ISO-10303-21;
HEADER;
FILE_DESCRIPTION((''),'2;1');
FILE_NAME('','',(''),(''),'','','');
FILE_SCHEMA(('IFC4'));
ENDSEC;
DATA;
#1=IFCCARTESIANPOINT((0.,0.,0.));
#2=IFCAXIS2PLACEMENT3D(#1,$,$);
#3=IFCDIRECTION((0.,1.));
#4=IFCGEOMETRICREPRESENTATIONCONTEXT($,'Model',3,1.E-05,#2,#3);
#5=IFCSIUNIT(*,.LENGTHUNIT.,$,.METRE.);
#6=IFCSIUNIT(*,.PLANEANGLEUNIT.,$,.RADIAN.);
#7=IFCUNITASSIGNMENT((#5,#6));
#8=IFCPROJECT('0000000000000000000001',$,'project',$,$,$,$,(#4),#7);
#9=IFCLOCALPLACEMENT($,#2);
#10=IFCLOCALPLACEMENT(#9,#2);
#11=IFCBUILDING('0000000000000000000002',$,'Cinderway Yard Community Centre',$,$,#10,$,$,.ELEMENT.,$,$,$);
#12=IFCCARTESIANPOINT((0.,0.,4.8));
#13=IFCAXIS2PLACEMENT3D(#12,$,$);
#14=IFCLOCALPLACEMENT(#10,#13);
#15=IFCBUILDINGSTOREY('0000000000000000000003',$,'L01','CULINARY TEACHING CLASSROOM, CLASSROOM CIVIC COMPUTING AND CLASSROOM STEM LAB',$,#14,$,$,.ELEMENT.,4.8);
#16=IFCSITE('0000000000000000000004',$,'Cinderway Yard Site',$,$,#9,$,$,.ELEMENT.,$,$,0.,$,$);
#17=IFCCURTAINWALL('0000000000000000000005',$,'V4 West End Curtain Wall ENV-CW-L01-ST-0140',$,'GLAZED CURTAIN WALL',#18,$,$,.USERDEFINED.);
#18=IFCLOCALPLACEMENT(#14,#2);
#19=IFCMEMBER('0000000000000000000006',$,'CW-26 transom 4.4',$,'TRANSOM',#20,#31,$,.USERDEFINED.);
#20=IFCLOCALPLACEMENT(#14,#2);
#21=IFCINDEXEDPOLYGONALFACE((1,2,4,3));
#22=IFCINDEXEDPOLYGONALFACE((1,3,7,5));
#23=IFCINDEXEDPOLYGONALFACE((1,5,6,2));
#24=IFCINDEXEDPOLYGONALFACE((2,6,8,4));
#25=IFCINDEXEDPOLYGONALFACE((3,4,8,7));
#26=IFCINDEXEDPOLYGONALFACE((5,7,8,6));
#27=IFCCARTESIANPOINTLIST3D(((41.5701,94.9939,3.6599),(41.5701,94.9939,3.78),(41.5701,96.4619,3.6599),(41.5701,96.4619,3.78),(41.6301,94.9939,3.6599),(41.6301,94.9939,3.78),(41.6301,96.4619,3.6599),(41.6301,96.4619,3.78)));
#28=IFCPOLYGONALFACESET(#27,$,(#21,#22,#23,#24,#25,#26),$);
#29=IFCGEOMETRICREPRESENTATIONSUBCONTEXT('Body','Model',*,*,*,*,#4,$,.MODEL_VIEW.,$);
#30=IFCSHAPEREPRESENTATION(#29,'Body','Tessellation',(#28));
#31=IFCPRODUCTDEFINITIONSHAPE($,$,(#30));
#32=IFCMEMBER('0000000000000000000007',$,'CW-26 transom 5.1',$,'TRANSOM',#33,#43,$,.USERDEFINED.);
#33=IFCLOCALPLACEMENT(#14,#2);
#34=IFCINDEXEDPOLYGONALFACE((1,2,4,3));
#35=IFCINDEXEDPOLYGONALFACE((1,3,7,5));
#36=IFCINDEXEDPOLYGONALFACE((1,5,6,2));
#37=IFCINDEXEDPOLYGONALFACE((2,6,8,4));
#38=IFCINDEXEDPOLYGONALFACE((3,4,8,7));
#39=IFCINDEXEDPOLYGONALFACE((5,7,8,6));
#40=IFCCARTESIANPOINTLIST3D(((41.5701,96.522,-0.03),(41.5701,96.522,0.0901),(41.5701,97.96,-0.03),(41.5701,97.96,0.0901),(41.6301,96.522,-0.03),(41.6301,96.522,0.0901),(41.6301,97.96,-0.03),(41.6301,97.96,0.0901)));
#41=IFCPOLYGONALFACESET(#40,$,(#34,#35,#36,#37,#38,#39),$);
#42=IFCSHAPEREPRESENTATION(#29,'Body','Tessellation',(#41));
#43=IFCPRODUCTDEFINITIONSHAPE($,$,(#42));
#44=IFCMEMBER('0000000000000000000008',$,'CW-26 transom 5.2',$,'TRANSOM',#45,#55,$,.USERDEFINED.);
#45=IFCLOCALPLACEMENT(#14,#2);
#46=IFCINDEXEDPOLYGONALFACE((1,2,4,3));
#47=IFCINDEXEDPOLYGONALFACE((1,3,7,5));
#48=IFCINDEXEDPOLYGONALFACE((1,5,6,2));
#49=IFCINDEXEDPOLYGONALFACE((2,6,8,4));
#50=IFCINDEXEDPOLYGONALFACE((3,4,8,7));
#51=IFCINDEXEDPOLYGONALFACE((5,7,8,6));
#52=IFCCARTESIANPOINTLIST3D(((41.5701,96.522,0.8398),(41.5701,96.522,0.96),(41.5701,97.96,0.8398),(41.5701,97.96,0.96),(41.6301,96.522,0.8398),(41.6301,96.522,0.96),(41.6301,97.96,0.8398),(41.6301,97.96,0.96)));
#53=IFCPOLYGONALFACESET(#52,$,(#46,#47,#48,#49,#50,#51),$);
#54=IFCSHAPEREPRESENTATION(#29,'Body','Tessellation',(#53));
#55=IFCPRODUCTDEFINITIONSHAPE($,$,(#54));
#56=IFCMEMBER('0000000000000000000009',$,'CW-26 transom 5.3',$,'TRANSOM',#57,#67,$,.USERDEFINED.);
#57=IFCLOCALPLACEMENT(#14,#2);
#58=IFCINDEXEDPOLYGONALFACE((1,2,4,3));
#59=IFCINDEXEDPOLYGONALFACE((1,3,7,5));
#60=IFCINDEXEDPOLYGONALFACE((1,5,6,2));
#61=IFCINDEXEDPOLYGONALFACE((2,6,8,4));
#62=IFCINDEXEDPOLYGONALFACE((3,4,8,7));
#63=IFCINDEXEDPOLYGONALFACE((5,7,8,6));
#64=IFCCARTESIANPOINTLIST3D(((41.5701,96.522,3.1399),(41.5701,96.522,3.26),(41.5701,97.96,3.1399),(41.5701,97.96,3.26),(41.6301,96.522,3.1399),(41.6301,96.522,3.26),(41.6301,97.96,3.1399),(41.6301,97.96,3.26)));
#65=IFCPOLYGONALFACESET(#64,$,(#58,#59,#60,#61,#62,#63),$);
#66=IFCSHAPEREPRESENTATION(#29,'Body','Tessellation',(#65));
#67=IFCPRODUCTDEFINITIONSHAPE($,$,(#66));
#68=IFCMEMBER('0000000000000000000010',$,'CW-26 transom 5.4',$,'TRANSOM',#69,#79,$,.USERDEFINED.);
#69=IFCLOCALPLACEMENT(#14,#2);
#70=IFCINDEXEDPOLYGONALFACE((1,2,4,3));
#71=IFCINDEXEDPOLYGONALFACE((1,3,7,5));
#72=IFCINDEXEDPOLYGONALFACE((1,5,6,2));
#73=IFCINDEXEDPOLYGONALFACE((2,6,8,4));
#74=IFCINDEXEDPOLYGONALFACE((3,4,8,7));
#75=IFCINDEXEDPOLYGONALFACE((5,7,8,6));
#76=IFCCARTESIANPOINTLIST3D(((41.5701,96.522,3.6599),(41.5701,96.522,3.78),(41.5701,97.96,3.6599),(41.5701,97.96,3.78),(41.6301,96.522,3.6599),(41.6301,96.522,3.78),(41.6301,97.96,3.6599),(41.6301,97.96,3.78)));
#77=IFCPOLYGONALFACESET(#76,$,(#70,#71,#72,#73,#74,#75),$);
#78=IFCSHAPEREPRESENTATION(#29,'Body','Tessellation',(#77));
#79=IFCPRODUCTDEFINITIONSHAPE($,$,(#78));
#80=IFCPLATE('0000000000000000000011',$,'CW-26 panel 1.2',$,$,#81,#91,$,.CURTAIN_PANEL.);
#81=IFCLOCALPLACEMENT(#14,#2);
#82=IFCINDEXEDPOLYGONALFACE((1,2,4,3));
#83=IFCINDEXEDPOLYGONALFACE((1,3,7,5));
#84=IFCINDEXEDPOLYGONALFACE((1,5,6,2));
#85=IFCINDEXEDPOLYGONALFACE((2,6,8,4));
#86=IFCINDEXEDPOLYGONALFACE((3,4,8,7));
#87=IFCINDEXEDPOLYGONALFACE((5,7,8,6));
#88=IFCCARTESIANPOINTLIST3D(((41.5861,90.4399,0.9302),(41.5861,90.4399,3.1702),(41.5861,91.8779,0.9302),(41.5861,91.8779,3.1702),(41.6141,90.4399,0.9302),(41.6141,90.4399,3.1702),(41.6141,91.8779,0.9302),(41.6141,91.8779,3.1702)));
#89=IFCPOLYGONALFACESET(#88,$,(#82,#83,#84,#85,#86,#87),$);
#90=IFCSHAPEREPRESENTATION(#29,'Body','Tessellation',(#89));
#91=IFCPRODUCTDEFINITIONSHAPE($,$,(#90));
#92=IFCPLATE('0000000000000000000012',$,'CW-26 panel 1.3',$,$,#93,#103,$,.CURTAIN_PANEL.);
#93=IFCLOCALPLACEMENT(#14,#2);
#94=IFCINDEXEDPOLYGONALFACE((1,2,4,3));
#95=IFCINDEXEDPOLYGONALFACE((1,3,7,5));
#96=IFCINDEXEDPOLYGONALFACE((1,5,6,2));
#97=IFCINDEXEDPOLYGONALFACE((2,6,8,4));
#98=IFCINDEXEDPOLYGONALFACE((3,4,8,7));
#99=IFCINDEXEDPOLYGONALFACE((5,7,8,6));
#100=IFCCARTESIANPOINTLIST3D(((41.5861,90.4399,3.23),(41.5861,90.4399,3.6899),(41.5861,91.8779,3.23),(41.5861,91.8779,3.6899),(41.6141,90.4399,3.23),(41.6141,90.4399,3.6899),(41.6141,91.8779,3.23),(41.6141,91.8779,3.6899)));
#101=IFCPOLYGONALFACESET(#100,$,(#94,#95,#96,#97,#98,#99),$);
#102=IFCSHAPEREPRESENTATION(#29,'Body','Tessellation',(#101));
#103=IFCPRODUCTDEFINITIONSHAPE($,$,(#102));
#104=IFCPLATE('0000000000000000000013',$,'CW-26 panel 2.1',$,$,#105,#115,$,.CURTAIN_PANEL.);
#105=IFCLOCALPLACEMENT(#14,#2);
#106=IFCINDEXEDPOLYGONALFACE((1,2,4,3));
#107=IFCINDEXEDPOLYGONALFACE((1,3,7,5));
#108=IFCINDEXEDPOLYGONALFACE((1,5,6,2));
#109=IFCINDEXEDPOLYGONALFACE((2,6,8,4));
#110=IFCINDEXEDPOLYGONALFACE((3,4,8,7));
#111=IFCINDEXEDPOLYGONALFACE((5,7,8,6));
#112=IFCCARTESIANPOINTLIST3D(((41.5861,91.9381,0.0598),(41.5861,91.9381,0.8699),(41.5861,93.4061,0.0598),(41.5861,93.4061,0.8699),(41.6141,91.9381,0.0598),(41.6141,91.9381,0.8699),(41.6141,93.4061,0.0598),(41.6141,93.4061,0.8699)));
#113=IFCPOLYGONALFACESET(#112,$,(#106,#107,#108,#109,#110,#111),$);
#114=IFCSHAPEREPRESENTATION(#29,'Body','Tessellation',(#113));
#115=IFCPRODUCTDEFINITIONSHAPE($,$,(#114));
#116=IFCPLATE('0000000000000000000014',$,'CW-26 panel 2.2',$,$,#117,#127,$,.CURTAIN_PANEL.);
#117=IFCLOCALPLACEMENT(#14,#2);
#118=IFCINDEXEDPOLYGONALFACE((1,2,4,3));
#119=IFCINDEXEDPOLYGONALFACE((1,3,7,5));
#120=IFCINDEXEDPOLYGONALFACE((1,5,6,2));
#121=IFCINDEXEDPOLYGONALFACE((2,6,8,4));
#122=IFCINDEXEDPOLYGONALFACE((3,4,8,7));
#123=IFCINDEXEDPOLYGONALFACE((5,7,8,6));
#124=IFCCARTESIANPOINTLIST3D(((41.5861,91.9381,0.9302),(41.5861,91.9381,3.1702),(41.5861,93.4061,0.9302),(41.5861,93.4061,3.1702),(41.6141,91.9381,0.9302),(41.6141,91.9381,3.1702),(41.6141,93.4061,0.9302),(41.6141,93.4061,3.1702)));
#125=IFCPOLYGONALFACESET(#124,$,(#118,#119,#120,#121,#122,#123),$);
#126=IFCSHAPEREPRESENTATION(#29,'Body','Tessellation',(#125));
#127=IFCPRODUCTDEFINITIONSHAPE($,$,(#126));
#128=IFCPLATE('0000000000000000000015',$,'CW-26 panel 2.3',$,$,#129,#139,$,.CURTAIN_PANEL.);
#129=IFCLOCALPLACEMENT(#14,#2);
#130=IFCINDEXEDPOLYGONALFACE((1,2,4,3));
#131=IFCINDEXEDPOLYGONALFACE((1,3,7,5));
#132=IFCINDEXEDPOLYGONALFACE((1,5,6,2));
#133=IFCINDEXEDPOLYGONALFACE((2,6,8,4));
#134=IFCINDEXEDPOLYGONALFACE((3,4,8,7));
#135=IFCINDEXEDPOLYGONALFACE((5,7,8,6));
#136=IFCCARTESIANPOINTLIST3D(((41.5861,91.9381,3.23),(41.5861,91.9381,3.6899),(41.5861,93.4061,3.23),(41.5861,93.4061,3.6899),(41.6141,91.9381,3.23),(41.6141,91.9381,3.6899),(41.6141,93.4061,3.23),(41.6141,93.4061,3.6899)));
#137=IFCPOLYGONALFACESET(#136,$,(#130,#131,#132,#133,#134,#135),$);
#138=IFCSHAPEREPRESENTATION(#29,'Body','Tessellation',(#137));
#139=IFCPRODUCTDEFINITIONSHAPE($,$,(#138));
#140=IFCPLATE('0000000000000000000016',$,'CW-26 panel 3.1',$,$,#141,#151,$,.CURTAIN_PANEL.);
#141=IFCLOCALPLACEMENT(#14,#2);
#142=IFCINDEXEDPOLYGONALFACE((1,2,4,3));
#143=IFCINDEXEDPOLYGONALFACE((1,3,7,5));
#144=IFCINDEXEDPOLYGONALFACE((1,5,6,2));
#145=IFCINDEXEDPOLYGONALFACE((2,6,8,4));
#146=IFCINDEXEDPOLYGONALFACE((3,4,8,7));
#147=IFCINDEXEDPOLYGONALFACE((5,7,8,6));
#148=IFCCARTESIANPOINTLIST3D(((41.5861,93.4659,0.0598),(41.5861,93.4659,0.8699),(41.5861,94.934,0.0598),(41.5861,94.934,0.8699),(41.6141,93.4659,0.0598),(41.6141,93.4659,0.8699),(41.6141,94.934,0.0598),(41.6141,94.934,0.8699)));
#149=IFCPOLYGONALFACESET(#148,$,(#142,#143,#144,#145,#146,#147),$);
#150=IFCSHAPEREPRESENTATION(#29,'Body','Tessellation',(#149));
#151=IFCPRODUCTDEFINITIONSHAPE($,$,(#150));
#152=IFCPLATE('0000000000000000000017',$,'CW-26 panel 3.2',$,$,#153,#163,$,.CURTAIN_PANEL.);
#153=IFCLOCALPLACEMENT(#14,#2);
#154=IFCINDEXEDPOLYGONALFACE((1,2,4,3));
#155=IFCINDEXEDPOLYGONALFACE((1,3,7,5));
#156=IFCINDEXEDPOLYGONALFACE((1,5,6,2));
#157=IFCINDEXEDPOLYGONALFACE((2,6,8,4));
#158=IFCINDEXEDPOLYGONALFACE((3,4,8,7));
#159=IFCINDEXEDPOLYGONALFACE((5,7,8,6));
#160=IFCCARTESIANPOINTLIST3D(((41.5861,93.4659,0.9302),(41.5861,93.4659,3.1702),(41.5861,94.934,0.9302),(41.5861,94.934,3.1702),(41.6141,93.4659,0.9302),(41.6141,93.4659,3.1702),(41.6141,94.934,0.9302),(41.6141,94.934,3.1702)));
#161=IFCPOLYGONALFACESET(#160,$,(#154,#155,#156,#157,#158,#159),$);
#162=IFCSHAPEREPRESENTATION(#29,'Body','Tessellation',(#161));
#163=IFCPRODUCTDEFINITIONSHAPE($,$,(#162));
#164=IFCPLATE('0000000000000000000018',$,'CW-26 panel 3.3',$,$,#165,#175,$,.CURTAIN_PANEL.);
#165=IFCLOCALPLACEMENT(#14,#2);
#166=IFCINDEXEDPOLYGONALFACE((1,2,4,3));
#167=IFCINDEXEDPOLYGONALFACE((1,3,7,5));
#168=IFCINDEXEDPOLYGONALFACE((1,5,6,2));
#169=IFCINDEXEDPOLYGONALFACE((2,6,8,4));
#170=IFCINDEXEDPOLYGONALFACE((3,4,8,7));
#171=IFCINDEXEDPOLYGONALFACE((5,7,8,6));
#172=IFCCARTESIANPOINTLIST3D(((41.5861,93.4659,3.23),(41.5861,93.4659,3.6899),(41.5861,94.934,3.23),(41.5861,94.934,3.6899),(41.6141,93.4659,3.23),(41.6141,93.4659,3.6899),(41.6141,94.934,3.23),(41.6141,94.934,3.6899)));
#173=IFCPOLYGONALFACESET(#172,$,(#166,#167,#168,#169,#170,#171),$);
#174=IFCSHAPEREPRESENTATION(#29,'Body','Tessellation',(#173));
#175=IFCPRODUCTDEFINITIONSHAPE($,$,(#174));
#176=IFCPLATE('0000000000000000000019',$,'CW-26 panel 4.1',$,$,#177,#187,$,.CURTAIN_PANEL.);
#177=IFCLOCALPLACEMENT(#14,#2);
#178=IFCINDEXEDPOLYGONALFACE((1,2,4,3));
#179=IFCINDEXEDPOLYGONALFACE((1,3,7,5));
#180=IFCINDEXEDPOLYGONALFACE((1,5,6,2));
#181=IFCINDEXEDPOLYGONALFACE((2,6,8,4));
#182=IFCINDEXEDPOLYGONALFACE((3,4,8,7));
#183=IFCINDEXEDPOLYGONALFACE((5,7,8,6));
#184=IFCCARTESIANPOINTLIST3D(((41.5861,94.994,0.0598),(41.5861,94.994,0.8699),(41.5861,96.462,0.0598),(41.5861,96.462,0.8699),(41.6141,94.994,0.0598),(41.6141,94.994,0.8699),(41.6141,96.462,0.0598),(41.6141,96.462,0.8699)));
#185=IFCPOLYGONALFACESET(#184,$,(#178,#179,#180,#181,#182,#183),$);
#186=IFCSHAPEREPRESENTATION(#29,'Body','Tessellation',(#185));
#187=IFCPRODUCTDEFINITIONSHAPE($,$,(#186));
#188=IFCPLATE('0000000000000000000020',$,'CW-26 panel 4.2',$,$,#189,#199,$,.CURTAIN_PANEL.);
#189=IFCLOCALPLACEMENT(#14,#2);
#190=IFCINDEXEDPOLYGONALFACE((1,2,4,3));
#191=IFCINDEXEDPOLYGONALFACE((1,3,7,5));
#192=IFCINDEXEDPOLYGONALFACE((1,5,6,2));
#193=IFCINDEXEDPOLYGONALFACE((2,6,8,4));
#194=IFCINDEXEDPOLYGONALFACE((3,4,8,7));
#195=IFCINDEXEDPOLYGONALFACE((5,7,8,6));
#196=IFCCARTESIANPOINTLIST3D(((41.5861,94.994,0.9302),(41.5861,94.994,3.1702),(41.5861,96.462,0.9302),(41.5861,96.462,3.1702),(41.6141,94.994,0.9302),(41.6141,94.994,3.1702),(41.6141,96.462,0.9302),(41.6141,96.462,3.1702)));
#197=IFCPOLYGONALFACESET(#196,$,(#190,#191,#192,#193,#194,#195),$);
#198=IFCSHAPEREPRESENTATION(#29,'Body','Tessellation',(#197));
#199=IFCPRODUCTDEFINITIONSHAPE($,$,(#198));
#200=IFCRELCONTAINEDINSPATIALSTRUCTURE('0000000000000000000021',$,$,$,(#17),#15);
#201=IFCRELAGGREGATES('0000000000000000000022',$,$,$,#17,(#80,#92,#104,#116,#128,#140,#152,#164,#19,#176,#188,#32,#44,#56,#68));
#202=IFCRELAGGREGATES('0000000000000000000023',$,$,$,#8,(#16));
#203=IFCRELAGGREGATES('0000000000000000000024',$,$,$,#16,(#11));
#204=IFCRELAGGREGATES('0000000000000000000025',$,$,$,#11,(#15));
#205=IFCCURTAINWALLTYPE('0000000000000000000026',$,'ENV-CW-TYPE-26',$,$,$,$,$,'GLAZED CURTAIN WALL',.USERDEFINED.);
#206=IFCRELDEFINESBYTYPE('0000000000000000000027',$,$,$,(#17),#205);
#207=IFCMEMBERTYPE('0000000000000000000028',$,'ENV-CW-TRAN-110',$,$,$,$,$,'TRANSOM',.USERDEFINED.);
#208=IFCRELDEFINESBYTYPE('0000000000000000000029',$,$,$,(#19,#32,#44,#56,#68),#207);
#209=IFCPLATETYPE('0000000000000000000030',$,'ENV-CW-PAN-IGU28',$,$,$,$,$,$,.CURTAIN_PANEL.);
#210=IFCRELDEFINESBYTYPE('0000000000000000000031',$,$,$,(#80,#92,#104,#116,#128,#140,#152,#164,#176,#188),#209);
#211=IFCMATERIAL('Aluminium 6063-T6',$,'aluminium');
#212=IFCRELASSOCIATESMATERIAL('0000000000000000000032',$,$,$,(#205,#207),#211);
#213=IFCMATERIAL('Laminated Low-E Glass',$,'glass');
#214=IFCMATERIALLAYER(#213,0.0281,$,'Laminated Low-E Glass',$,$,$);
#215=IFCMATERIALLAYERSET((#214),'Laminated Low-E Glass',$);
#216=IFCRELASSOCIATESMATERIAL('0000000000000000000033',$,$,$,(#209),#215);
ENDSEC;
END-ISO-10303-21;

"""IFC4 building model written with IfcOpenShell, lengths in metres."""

from ifc_helpers import new_model, si_unit, direction, frame, origin, origin_2d, place, context, subcontext, project, spatial, rectangle, extrude, material, layer, layer_set, material_profile, profile_set, type_object, element, aggregate, save


model = new_model("IFC4")

# Units and contexts
model_context = context("Model", 3, precision=1e-05, world=origin(), true_north=direction((0.0, 1.0)))
body_context = subcontext(model_context, "Body", "Model", "MODEL_VIEW")
ifc_project = project(units=[si_unit("LENGTHUNIT", "METRE"), si_unit("PLANEANGLEUNIT", "RADIAN")], contexts=[model_context])

# Site, building, storey
site_placement = place(None, origin())
site = spatial("IfcSite", under=ifc_project, at=site_placement, Name="Cinderway Yard Site", CompositionType="ELEMENT", RefElevation=0.0)
building_placement = place(site_placement, origin())
building = spatial("IfcBuilding", under=site, at=building_placement, Name="Cinderway Yard Community Centre", CompositionType="ELEMENT")
storey_placement = place(building_placement, frame((0.0, 0.0, 4.8)))
storey = spatial("IfcBuildingStorey", under=building, at=storey_placement, Name="L01", Description="CULINARY TEACHING CLASSROOM, CLASSROOM CIVIC COMPUTING AND CLASSROOM STEM LAB", CompositionType="ELEMENT", Elevation=4.8)

# Curtain wall, members, plates
ifc_material_1 = material(Name="Aluminium 6063-T6", Category="aluminium")
curtain_wall_type = type_object("IfcCurtainWallType", Name="ENV-CW-TYPE-26", ElementType="GLAZED CURTAIN WALL", PredefinedType="USERDEFINED", material=ifc_material_1)
curtain_wall_placement = place(storey_placement, origin())
curtain_wall = element("IfcCurtainWall", 1, at=curtain_wall_placement, inside=storey, type_object=curtain_wall_type, Name="V4 West End Curtain Wall ENV-CW-L01-ST-0140", ObjectType="GLAZED CURTAIN WALL", PredefinedType="USERDEFINED")
ifc_material_profile_1 = material_profile(ifc_material_1, rectangle(XDim=0.0601, YDim=0.1201, at=origin_2d()), Name="Aluminium 6063-T6")
ifc_profile_set_1 = profile_set([ifc_material_profile_1], Name="Aluminium 6063-T6")
member_type_1 = type_object("IfcMemberType", Name="ENV-CW-TRAN-110", ElementType="TRANSOM", PredefinedType="USERDEFINED", material=ifc_profile_set_1)
member_1_placement = place(storey_placement, frame((41.6001, 94.9939, 3.72), z_axis=(0.0, 1.0, 0.0), x_axis=(-1.0, 0.0, 0.0)))
member_1 = element("IfcMember", 2, at=member_1_placement, type_object=member_type_1, Name="CW-26 transom 4.4", ObjectType="TRANSOM", PredefinedType="USERDEFINED", context=body_context, shape_type="SweptSolid", body=[
    extrude(rectangle(XDim=0.0601, YDim=0.1201, at=origin_2d()), origin(), (0.0, 0.0, 1.0), 1.468),
])
member_2_placement = place(storey_placement, frame((41.6001, 96.522, 0.03), z_axis=(0.0, 1.0, 0.0), x_axis=(-1.0, 0.0, 0.0)))
member_2 = element("IfcMember", 3, at=member_2_placement, type_object=member_type_1, Name="CW-26 transom 5.1", ObjectType="TRANSOM", PredefinedType="USERDEFINED", context=body_context, shape_type="SweptSolid", body=[
    extrude(rectangle(XDim=0.0601, YDim=0.1201, at=origin_2d()), origin(), (0.0, 0.0, 1.0), 1.438),
])
member_3_placement = place(storey_placement, frame((41.6001, 96.522, 0.8999), z_axis=(0.0, 1.0, 0.0), x_axis=(-1.0, 0.0, 0.0)))
member_3 = element("IfcMember", 4, at=member_3_placement, type_object=member_type_1, Name="CW-26 transom 5.2", ObjectType="TRANSOM", PredefinedType="USERDEFINED", context=body_context, shape_type="SweptSolid", body=[
    extrude(rectangle(XDim=0.0601, YDim=0.1201, at=origin_2d()), origin(), (0.0, 0.0, 1.0), 1.438),
])
member_4_placement = place(storey_placement, frame((41.6001, 96.522, 3.2), z_axis=(0.0, 1.0, 0.0), x_axis=(-1.0, 0.0, 0.0)))
member_4 = element("IfcMember", 5, at=member_4_placement, type_object=member_type_1, Name="CW-26 transom 5.3", ObjectType="TRANSOM", PredefinedType="USERDEFINED", context=body_context, shape_type="SweptSolid", body=[
    extrude(rectangle(XDim=0.0601, YDim=0.1201, at=origin_2d()), origin(), (0.0, 0.0, 1.0), 1.438),
])
member_5_placement = place(storey_placement, frame((41.6001, 96.522, 3.72), z_axis=(0.0, 1.0, 0.0), x_axis=(-1.0, 0.0, 0.0)))
member_5 = element("IfcMember", 6, at=member_5_placement, type_object=member_type_1, Name="CW-26 transom 5.4", ObjectType="TRANSOM", PredefinedType="USERDEFINED", context=body_context, shape_type="SweptSolid", body=[
    extrude(rectangle(XDim=0.0601, YDim=0.1201, at=origin_2d()), origin(), (0.0, 0.0, 1.0), 1.438),
])
ifc_material_2 = material(Name="Laminated Low-E Glass", Category="glass")
ifc_layer = layer(ifc_material_2, 0.0281, Name="Laminated Low-E Glass")
ifc_layer_set = layer_set([ifc_layer], Name="Laminated Low-E Glass")
plate_type = type_object("IfcPlateType", Name="ENV-CW-PAN-IGU28", PredefinedType="CURTAIN_PANEL", material=ifc_layer_set)
plate_1_placement = place(storey_placement, frame((41.6001, 91.1589, 0.9302), z_axis=(0.0, 0.0, 1.0), x_axis=(0.0, 1.0, 0.0)))
plate_1 = element("IfcPlate", 7, at=plate_1_placement, type_object=plate_type, Name="CW-26 panel 1.2", PredefinedType="CURTAIN_PANEL", context=body_context, shape_type="SweptSolid", body=[
    extrude(rectangle(XDim=1.438, YDim=0.0281, at=origin_2d()), origin(), (0.0, 0.0, 1.0), 2.24),
])
plate_2_placement = place(storey_placement, frame((41.6001, 91.1589, 3.23), z_axis=(0.0, 0.0, 1.0), x_axis=(0.0, 1.0, 0.0)))
plate_2 = element("IfcPlate", 8, at=plate_2_placement, type_object=plate_type, Name="CW-26 panel 1.3", PredefinedType="CURTAIN_PANEL", context=body_context, shape_type="SweptSolid", body=[
    extrude(rectangle(XDim=1.438, YDim=0.0281, at=origin_2d()), origin(), (0.0, 0.0, 1.0), 0.46),
])
plate_3_placement = place(storey_placement, frame((41.6001, 92.6721, 0.0598), z_axis=(0.0, 0.0, 1.0), x_axis=(0.0, 1.0, 0.0)))
plate_3 = element("IfcPlate", 9, at=plate_3_placement, type_object=plate_type, Name="CW-26 panel 2.1", PredefinedType="CURTAIN_PANEL", context=body_context, shape_type="SweptSolid", body=[
    extrude(rectangle(XDim=1.468, YDim=0.0281, at=origin_2d()), origin(), (0.0, 0.0, 1.0), 0.8101),
])
plate_4_placement = place(storey_placement, frame((41.6001, 92.6721, 0.9302), z_axis=(0.0, 0.0, 1.0), x_axis=(0.0, 1.0, 0.0)))
plate_4 = element("IfcPlate", 10, at=plate_4_placement, type_object=plate_type, Name="CW-26 panel 2.2", PredefinedType="CURTAIN_PANEL", context=body_context, shape_type="SweptSolid", body=[
    extrude(rectangle(XDim=1.468, YDim=0.0281, at=origin_2d()), origin(), (0.0, 0.0, 1.0), 2.24),
])
plate_5_placement = place(storey_placement, frame((41.6001, 92.6721, 3.23), z_axis=(0.0, 0.0, 1.0), x_axis=(0.0, 1.0, 0.0)))
plate_5 = element("IfcPlate", 11, at=plate_5_placement, type_object=plate_type, Name="CW-26 panel 2.3", PredefinedType="CURTAIN_PANEL", context=body_context, shape_type="SweptSolid", body=[
    extrude(rectangle(XDim=1.468, YDim=0.0281, at=origin_2d()), origin(), (0.0, 0.0, 1.0), 0.46),
])
plate_6_placement = place(storey_placement, frame((41.6001, 94.2, 0.0598), z_axis=(0.0, 0.0, 1.0), x_axis=(0.0, 1.0, 0.0)))
plate_6 = element("IfcPlate", 12, at=plate_6_placement, type_object=plate_type, Name="CW-26 panel 3.1", PredefinedType="CURTAIN_PANEL", context=body_context, shape_type="SweptSolid", body=[
    extrude(rectangle(XDim=1.468, YDim=0.0281, at=origin_2d()), origin(), (0.0, 0.0, 1.0), 0.8101),
])
plate_7_placement = place(storey_placement, frame((41.6001, 94.2, 0.9302), z_axis=(0.0, 0.0, 1.0), x_axis=(0.0, 1.0, 0.0)))
plate_7 = element("IfcPlate", 13, at=plate_7_placement, type_object=plate_type, Name="CW-26 panel 3.2", PredefinedType="CURTAIN_PANEL", context=body_context, shape_type="SweptSolid", body=[
    extrude(rectangle(XDim=1.468, YDim=0.0281, at=origin_2d()), origin(), (0.0, 0.0, 1.0), 2.24),
])
plate_8_placement = place(storey_placement, frame((41.6001, 94.2, 3.23), z_axis=(0.0, 0.0, 1.0), x_axis=(0.0, 1.0, 0.0)))
plate_8 = element("IfcPlate", 14, at=plate_8_placement, type_object=plate_type, Name="CW-26 panel 3.3", PredefinedType="CURTAIN_PANEL", context=body_context, shape_type="SweptSolid", body=[
    extrude(rectangle(XDim=1.468, YDim=0.0281, at=origin_2d()), origin(), (0.0, 0.0, 1.0), 0.46),
])
plate_9_placement = place(storey_placement, frame((41.6001, 95.728, 0.0598), z_axis=(0.0, 0.0, 1.0), x_axis=(0.0, 1.0, 0.0)))
plate_9 = element("IfcPlate", 15, at=plate_9_placement, type_object=plate_type, Name="CW-26 panel 4.1", PredefinedType="CURTAIN_PANEL", context=body_context, shape_type="SweptSolid", body=[
    extrude(rectangle(XDim=1.468, YDim=0.0281, at=origin_2d()), origin(), (0.0, 0.0, 1.0), 0.8101),
])
plate_10_placement = place(storey_placement, frame((41.6001, 95.728, 0.9302), z_axis=(0.0, 0.0, 1.0), x_axis=(0.0, 1.0, 0.0)))
plate_10 = element("IfcPlate", 16, at=plate_10_placement, type_object=plate_type, Name="CW-26 panel 4.2", PredefinedType="CURTAIN_PANEL", context=body_context, shape_type="SweptSolid", body=[
    extrude(rectangle(XDim=1.468, YDim=0.0281, at=origin_2d()), origin(), (0.0, 0.0, 1.0), 2.24),
])
aggregate(curtain_wall, [plate_1, plate_2, plate_3, plate_4, plate_5, plate_6, plate_7, plate_8, member_1, plate_9, plate_10, member_2, member_3, member_4, member_5])

save(model, "model.ifc")
